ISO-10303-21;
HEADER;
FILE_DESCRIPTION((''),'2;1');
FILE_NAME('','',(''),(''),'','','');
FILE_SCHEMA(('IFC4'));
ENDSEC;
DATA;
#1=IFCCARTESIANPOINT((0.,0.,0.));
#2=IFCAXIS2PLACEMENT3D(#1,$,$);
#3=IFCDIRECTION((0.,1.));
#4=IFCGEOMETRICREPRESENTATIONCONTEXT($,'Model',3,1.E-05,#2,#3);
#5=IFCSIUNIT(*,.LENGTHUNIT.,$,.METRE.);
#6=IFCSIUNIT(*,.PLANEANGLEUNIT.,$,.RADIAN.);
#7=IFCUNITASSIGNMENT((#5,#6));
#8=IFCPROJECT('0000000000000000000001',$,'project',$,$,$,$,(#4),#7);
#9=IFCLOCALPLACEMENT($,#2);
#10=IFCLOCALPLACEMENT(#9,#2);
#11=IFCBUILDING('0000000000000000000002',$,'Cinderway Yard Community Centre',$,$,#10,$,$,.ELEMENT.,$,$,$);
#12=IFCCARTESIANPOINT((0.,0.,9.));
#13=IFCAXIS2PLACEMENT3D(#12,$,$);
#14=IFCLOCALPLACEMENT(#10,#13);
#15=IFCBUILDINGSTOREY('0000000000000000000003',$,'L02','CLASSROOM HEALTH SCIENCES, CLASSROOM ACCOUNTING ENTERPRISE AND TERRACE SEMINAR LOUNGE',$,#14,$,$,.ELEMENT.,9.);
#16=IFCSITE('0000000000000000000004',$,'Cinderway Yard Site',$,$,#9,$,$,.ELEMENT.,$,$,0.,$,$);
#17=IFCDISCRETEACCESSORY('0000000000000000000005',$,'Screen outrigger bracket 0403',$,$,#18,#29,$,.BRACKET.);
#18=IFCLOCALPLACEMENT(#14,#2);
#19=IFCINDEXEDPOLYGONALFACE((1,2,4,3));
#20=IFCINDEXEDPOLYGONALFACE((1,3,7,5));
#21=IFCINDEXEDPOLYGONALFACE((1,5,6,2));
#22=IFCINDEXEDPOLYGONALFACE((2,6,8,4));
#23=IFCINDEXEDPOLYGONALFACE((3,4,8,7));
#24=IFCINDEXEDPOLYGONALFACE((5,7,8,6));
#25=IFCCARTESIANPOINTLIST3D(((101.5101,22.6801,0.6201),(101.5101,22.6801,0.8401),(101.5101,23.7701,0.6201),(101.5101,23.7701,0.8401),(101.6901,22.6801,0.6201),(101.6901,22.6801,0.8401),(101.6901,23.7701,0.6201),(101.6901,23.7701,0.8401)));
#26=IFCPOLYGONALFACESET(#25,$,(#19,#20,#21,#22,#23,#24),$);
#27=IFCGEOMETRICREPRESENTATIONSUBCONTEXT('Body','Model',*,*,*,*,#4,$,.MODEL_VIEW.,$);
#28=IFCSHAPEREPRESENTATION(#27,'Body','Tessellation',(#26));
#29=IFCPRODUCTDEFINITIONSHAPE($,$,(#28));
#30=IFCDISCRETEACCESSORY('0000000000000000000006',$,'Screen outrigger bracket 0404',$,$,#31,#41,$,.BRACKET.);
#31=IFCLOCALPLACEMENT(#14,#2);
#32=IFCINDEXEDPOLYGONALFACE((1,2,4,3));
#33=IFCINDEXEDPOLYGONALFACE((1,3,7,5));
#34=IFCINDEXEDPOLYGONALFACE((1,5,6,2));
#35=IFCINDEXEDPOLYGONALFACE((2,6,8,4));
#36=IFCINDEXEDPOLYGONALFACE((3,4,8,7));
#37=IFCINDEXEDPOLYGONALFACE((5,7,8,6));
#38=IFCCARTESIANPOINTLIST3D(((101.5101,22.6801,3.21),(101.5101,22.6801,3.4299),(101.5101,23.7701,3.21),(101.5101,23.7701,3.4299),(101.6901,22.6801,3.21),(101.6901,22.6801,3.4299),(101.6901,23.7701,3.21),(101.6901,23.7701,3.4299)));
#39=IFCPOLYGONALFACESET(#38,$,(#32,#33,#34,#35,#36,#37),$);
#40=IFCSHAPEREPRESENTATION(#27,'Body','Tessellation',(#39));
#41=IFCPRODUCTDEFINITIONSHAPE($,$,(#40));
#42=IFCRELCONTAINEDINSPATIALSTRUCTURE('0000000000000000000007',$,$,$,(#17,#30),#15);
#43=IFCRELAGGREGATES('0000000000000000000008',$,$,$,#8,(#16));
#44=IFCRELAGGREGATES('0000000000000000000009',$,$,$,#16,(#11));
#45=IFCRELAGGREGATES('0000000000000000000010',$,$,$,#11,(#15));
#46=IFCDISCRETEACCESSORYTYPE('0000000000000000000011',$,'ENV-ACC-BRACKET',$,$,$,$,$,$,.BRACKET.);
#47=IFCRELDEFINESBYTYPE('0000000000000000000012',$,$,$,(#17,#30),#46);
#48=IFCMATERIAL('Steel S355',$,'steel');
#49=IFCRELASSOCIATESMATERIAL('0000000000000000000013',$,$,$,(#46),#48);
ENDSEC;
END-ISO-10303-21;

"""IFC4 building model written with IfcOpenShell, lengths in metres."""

from ifc_helpers import new_model, si_unit, direction, frame, origin, origin_2d, place, context, subcontext, project, spatial, rectangle, extrude, material, type_object, element, save


model = new_model("IFC4")

# Units and contexts
model_context = context("Model", 3, precision=1e-05, world=origin(), true_north=direction((0.0, 1.0)))
body_context = subcontext(model_context, "Body", "Model", "MODEL_VIEW")
ifc_project = project(units=[si_unit("LENGTHUNIT", "METRE"), si_unit("PLANEANGLEUNIT", "RADIAN")], contexts=[model_context])

# Site, building, storey
site_placement = place(None, origin())
site = spatial("IfcSite", under=ifc_project, at=site_placement, Name="Cinderway Yard Site", CompositionType="ELEMENT", RefElevation=0.0)
building_placement = place(site_placement, origin())
building = spatial("IfcBuilding", under=site, at=building_placement, Name="Cinderway Yard Community Centre", CompositionType="ELEMENT")
storey_placement = place(building_placement, frame((0.0, 0.0, 9.0)))
storey = spatial("IfcBuildingStorey", under=building, at=storey_placement, Name="L02", Description="CLASSROOM HEALTH SCIENCES, CLASSROOM ACCOUNTING ENTERPRISE AND TERRACE SEMINAR LOUNGE", CompositionType="ELEMENT", Elevation=9.0)

# Shared definitions
ifc_material_1 = material(Name="Steel S355", Category="steel")

# Discrete accessories
discrete_accessory_type = type_object("IfcDiscreteAccessoryType", Name="ENV-ACC-BRACKET", PredefinedType="BRACKET", material=ifc_material_1)
for number, where, z_axis, x_axis, name in (
    (1, (101.6001, 23.2251, 0.6201), (0.0, 0.0, 1.0), (0.0, 1.0, 0.0), "Screen outrigger bracket 0403"),
    (2, (101.6001, 23.2251, 3.21), (0.0, 0.0, 1.0), (0.0, 1.0, 0.0), "Screen outrigger bracket 0404"),
):
    element("IfcDiscreteAccessory", number, at=place(storey_placement, frame(where, z_axis=z_axis, x_axis=x_axis)), inside=storey, type_object=discrete_accessory_type, Name=name, PredefinedType="BRACKET", context=body_context, shape_type="SweptSolid", body=[
        extrude(rectangle(XDim=1.0901, YDim=0.1799, at=origin_2d()), origin(), (0.0, 0.0, 1.0), 0.22),
    ])

save(model, "model.ifc")
